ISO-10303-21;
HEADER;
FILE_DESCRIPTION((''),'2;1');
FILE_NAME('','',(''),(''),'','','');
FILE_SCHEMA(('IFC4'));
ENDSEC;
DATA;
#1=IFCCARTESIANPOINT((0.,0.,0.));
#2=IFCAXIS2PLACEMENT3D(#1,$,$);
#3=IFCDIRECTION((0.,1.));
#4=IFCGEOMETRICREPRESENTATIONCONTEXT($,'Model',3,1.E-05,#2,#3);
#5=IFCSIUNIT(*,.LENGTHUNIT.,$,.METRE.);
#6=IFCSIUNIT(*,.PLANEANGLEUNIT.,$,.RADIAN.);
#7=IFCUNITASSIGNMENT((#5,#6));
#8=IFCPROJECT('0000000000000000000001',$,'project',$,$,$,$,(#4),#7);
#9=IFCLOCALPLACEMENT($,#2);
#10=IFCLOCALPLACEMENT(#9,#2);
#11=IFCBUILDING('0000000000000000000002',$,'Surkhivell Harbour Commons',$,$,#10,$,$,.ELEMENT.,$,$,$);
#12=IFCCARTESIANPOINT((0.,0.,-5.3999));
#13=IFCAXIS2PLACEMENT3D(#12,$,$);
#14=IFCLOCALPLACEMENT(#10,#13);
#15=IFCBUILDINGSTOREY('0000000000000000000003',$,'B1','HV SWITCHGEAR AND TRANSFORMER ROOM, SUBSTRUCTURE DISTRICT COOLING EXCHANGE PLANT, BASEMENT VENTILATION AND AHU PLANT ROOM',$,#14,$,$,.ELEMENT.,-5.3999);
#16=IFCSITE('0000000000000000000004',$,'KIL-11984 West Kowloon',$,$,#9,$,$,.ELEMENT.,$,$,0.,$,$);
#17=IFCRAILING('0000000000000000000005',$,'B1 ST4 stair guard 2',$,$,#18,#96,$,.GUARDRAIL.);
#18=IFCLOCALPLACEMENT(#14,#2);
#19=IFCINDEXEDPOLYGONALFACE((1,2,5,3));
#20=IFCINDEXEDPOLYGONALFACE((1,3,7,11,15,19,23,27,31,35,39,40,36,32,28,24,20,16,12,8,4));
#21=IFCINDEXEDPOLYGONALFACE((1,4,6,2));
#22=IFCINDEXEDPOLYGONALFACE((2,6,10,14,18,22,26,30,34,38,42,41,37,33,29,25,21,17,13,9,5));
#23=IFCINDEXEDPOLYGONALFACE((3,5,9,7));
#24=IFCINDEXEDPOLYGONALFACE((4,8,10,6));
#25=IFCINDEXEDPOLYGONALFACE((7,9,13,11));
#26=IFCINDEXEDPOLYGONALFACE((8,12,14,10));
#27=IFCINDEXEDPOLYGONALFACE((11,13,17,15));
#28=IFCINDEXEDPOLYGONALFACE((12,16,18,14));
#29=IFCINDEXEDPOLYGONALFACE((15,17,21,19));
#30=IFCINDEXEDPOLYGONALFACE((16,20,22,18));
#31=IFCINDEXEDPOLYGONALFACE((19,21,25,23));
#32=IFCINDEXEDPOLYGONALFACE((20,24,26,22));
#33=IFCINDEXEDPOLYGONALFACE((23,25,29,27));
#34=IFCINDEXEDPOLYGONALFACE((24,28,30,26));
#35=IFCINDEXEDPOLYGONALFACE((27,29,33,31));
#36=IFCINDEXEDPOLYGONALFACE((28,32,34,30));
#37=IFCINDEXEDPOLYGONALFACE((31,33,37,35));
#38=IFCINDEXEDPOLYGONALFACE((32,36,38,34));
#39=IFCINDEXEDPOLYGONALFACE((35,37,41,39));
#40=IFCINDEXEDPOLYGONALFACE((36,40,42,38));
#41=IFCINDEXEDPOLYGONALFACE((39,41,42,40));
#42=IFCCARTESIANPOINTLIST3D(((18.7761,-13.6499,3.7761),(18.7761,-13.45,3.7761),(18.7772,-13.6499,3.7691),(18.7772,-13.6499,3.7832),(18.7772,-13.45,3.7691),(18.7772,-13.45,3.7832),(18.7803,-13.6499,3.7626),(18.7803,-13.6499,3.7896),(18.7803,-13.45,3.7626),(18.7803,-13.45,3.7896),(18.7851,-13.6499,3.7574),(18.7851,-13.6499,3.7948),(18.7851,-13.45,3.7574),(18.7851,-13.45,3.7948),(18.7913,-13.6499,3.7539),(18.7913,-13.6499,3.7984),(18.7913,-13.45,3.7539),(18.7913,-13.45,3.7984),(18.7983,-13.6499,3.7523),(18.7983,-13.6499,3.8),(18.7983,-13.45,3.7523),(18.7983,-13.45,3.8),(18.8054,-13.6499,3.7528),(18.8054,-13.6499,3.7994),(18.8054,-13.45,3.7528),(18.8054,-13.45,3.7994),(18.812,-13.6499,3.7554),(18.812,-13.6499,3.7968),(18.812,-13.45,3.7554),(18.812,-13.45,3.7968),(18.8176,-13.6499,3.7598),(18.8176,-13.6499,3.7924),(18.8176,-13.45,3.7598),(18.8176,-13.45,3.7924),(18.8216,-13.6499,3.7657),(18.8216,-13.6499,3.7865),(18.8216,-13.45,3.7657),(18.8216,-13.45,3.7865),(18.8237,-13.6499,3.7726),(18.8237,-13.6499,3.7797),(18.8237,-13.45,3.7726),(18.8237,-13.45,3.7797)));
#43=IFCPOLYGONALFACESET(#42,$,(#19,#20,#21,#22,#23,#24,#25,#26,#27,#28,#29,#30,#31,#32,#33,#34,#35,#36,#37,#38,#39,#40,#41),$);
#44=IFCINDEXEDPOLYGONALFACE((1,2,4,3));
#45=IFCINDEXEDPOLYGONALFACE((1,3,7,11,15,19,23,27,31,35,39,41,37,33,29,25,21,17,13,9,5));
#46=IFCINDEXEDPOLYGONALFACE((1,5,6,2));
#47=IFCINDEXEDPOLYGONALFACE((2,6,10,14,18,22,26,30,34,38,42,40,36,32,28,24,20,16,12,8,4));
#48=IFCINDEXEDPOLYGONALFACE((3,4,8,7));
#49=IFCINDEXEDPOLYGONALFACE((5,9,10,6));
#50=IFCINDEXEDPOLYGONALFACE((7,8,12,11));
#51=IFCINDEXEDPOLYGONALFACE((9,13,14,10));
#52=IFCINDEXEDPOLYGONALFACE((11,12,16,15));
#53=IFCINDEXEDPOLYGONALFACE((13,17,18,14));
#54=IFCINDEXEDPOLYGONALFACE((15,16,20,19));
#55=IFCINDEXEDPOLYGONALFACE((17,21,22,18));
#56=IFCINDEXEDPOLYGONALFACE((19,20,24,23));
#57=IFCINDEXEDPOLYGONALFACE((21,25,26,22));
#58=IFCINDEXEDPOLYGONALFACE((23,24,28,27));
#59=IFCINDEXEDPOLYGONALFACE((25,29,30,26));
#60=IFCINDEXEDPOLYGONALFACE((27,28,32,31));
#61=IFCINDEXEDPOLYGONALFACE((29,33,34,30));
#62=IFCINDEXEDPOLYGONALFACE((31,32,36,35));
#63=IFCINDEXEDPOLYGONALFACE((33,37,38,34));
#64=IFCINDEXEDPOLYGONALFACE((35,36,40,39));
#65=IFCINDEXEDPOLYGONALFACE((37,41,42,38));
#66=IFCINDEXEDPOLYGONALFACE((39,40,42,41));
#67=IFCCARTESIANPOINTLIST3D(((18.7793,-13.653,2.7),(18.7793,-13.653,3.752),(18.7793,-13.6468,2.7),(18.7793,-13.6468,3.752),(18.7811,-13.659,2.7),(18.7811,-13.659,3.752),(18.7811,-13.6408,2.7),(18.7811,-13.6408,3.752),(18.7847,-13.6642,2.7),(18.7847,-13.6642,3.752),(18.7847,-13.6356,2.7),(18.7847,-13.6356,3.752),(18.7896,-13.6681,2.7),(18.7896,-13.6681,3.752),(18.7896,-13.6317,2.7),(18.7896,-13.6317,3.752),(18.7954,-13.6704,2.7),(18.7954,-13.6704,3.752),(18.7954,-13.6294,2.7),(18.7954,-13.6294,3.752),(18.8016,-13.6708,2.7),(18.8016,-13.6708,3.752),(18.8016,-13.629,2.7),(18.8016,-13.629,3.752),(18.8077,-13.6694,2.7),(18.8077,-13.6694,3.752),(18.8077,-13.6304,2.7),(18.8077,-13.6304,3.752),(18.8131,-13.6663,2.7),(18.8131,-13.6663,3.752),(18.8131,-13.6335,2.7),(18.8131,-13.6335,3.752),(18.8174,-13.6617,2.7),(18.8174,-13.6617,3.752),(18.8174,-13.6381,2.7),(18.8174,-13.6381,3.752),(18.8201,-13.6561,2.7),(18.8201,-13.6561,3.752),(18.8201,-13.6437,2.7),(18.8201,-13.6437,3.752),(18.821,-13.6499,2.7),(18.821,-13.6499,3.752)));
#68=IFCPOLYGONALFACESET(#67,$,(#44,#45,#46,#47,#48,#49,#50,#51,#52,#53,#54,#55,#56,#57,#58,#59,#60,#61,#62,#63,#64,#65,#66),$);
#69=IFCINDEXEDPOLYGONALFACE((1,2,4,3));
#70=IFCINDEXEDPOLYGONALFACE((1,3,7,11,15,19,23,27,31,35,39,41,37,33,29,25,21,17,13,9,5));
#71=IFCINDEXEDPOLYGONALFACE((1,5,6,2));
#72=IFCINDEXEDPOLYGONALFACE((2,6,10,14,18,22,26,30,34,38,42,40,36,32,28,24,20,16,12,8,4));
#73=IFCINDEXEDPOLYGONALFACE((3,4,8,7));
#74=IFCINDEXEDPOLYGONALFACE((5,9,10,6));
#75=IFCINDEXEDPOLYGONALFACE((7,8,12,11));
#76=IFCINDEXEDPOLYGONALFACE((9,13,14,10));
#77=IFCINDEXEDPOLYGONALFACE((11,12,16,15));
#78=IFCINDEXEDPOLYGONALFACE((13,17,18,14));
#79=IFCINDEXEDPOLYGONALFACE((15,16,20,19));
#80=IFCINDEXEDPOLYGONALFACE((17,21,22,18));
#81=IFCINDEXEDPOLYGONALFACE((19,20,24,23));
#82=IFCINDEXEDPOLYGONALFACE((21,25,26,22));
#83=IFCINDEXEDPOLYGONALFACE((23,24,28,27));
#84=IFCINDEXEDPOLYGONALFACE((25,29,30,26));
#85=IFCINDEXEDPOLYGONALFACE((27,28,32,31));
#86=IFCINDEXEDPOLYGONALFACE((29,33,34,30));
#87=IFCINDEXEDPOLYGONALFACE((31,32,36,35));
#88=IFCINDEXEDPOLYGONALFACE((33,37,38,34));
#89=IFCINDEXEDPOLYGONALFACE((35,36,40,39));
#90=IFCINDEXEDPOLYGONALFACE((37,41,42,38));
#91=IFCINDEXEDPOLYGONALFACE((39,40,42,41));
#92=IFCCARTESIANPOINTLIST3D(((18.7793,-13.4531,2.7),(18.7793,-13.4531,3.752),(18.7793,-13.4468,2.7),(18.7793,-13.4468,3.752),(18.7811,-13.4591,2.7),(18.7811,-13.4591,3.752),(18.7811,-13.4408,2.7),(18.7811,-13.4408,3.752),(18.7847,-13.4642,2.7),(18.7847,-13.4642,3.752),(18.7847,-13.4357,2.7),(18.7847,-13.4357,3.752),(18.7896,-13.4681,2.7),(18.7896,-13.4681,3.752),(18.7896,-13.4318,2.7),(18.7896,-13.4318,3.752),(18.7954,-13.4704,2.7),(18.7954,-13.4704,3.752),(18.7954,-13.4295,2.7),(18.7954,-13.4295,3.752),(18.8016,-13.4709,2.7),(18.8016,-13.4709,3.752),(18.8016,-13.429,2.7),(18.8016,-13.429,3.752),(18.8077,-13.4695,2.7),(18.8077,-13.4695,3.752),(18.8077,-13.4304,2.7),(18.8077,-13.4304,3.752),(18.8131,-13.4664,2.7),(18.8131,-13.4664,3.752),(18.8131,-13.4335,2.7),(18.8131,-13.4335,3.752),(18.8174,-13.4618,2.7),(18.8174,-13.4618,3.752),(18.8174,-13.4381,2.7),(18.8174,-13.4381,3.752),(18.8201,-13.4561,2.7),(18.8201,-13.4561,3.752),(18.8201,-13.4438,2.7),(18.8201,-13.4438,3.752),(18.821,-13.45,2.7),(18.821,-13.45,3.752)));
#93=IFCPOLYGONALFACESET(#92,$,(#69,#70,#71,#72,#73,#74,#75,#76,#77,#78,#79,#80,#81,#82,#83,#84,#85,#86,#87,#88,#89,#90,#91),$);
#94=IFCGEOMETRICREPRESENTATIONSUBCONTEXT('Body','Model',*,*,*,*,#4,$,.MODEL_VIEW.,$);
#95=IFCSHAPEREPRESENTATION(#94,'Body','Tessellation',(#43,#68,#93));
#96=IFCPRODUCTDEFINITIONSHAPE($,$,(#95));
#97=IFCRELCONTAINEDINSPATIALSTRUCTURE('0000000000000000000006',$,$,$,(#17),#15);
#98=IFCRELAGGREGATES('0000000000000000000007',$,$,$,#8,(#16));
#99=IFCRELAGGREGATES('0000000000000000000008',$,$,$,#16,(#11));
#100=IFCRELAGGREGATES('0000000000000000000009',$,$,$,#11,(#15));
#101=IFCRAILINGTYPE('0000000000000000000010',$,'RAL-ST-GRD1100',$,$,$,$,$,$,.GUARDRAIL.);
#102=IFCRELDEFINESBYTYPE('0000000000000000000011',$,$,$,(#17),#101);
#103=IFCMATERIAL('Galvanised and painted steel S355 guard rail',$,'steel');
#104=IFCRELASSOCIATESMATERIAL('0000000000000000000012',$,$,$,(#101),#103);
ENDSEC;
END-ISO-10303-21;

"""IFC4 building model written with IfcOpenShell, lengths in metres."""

from ifc_helpers import new_model, si_unit, direction, frame, origin, origin_2d, place, context, subcontext, project, spatial, circle, extrude, material, type_object, element, save


model = new_model("IFC4")

# Units and contexts
model_context = context("Model", 3, precision=1e-05, world=origin(), true_north=direction((0.0, 1.0)))
body_context = subcontext(model_context, "Body", "Model", "MODEL_VIEW")
ifc_project = project(units=[si_unit("LENGTHUNIT", "METRE"), si_unit("PLANEANGLEUNIT", "RADIAN")], contexts=[model_context])

# Site, building, storey
site_placement = place(None, origin())
site = spatial("IfcSite", under=ifc_project, at=site_placement, Name="KIL-11984 West Kowloon", CompositionType="ELEMENT", RefElevation=0.0)
building_placement = place(site_placement, origin())
building = spatial("IfcBuilding", under=site, at=building_placement, Name="Surkhivell Harbour Commons", CompositionType="ELEMENT")
storey_placement = place(building_placement, frame((0.0, 0.0, -5.3999)))
storey = spatial("IfcBuildingStorey", under=building, at=storey_placement, Name="B1", Description="HV SWITCHGEAR AND TRANSFORMER ROOM, SUBSTRUCTURE DISTRICT COOLING EXCHANGE PLANT, BASEMENT VENTILATION AND AHU PLANT ROOM", CompositionType="ELEMENT", Elevation=-5.3999)

# Railing
ifc_material_1 = material(Name="Galvanised and painted steel S355 guard rail", Category="steel")
railing_type_1 = type_object("IfcRailingType", Name="RAL-ST-GRD1100", PredefinedType="GUARDRAIL", material=ifc_material_1)
railing_1_placement = place(storey_placement, frame((18.8, -13.6499, 2.7)))
element("IfcRailing", 1, at=railing_1_placement, inside=storey, type_object=railing_type_1, Name="B1 ST4 stair guard 2", PredefinedType="GUARDRAIL", context=body_context, shape_type="SweptSolid", body=[
    extrude(circle(Radius=0.0239, at=origin_2d()), frame((0.0, 0.0, 1.0762), z_axis=(0.0, 1.0, 0.0), x_axis=(-1.0, 0.0, 0.0)), (0.0, 0.0, 1.0), 0.2),
    extrude(circle(Radius=0.021, at=origin_2d()), origin(), (0.0, 0.0, 1.0), 1.052),
    extrude(circle(Radius=0.021, at=origin_2d()), frame((0.0, 0.2, 0.0)), (0.0, 0.0, 1.0), 1.052),
])

save(model, "model.ifc")
